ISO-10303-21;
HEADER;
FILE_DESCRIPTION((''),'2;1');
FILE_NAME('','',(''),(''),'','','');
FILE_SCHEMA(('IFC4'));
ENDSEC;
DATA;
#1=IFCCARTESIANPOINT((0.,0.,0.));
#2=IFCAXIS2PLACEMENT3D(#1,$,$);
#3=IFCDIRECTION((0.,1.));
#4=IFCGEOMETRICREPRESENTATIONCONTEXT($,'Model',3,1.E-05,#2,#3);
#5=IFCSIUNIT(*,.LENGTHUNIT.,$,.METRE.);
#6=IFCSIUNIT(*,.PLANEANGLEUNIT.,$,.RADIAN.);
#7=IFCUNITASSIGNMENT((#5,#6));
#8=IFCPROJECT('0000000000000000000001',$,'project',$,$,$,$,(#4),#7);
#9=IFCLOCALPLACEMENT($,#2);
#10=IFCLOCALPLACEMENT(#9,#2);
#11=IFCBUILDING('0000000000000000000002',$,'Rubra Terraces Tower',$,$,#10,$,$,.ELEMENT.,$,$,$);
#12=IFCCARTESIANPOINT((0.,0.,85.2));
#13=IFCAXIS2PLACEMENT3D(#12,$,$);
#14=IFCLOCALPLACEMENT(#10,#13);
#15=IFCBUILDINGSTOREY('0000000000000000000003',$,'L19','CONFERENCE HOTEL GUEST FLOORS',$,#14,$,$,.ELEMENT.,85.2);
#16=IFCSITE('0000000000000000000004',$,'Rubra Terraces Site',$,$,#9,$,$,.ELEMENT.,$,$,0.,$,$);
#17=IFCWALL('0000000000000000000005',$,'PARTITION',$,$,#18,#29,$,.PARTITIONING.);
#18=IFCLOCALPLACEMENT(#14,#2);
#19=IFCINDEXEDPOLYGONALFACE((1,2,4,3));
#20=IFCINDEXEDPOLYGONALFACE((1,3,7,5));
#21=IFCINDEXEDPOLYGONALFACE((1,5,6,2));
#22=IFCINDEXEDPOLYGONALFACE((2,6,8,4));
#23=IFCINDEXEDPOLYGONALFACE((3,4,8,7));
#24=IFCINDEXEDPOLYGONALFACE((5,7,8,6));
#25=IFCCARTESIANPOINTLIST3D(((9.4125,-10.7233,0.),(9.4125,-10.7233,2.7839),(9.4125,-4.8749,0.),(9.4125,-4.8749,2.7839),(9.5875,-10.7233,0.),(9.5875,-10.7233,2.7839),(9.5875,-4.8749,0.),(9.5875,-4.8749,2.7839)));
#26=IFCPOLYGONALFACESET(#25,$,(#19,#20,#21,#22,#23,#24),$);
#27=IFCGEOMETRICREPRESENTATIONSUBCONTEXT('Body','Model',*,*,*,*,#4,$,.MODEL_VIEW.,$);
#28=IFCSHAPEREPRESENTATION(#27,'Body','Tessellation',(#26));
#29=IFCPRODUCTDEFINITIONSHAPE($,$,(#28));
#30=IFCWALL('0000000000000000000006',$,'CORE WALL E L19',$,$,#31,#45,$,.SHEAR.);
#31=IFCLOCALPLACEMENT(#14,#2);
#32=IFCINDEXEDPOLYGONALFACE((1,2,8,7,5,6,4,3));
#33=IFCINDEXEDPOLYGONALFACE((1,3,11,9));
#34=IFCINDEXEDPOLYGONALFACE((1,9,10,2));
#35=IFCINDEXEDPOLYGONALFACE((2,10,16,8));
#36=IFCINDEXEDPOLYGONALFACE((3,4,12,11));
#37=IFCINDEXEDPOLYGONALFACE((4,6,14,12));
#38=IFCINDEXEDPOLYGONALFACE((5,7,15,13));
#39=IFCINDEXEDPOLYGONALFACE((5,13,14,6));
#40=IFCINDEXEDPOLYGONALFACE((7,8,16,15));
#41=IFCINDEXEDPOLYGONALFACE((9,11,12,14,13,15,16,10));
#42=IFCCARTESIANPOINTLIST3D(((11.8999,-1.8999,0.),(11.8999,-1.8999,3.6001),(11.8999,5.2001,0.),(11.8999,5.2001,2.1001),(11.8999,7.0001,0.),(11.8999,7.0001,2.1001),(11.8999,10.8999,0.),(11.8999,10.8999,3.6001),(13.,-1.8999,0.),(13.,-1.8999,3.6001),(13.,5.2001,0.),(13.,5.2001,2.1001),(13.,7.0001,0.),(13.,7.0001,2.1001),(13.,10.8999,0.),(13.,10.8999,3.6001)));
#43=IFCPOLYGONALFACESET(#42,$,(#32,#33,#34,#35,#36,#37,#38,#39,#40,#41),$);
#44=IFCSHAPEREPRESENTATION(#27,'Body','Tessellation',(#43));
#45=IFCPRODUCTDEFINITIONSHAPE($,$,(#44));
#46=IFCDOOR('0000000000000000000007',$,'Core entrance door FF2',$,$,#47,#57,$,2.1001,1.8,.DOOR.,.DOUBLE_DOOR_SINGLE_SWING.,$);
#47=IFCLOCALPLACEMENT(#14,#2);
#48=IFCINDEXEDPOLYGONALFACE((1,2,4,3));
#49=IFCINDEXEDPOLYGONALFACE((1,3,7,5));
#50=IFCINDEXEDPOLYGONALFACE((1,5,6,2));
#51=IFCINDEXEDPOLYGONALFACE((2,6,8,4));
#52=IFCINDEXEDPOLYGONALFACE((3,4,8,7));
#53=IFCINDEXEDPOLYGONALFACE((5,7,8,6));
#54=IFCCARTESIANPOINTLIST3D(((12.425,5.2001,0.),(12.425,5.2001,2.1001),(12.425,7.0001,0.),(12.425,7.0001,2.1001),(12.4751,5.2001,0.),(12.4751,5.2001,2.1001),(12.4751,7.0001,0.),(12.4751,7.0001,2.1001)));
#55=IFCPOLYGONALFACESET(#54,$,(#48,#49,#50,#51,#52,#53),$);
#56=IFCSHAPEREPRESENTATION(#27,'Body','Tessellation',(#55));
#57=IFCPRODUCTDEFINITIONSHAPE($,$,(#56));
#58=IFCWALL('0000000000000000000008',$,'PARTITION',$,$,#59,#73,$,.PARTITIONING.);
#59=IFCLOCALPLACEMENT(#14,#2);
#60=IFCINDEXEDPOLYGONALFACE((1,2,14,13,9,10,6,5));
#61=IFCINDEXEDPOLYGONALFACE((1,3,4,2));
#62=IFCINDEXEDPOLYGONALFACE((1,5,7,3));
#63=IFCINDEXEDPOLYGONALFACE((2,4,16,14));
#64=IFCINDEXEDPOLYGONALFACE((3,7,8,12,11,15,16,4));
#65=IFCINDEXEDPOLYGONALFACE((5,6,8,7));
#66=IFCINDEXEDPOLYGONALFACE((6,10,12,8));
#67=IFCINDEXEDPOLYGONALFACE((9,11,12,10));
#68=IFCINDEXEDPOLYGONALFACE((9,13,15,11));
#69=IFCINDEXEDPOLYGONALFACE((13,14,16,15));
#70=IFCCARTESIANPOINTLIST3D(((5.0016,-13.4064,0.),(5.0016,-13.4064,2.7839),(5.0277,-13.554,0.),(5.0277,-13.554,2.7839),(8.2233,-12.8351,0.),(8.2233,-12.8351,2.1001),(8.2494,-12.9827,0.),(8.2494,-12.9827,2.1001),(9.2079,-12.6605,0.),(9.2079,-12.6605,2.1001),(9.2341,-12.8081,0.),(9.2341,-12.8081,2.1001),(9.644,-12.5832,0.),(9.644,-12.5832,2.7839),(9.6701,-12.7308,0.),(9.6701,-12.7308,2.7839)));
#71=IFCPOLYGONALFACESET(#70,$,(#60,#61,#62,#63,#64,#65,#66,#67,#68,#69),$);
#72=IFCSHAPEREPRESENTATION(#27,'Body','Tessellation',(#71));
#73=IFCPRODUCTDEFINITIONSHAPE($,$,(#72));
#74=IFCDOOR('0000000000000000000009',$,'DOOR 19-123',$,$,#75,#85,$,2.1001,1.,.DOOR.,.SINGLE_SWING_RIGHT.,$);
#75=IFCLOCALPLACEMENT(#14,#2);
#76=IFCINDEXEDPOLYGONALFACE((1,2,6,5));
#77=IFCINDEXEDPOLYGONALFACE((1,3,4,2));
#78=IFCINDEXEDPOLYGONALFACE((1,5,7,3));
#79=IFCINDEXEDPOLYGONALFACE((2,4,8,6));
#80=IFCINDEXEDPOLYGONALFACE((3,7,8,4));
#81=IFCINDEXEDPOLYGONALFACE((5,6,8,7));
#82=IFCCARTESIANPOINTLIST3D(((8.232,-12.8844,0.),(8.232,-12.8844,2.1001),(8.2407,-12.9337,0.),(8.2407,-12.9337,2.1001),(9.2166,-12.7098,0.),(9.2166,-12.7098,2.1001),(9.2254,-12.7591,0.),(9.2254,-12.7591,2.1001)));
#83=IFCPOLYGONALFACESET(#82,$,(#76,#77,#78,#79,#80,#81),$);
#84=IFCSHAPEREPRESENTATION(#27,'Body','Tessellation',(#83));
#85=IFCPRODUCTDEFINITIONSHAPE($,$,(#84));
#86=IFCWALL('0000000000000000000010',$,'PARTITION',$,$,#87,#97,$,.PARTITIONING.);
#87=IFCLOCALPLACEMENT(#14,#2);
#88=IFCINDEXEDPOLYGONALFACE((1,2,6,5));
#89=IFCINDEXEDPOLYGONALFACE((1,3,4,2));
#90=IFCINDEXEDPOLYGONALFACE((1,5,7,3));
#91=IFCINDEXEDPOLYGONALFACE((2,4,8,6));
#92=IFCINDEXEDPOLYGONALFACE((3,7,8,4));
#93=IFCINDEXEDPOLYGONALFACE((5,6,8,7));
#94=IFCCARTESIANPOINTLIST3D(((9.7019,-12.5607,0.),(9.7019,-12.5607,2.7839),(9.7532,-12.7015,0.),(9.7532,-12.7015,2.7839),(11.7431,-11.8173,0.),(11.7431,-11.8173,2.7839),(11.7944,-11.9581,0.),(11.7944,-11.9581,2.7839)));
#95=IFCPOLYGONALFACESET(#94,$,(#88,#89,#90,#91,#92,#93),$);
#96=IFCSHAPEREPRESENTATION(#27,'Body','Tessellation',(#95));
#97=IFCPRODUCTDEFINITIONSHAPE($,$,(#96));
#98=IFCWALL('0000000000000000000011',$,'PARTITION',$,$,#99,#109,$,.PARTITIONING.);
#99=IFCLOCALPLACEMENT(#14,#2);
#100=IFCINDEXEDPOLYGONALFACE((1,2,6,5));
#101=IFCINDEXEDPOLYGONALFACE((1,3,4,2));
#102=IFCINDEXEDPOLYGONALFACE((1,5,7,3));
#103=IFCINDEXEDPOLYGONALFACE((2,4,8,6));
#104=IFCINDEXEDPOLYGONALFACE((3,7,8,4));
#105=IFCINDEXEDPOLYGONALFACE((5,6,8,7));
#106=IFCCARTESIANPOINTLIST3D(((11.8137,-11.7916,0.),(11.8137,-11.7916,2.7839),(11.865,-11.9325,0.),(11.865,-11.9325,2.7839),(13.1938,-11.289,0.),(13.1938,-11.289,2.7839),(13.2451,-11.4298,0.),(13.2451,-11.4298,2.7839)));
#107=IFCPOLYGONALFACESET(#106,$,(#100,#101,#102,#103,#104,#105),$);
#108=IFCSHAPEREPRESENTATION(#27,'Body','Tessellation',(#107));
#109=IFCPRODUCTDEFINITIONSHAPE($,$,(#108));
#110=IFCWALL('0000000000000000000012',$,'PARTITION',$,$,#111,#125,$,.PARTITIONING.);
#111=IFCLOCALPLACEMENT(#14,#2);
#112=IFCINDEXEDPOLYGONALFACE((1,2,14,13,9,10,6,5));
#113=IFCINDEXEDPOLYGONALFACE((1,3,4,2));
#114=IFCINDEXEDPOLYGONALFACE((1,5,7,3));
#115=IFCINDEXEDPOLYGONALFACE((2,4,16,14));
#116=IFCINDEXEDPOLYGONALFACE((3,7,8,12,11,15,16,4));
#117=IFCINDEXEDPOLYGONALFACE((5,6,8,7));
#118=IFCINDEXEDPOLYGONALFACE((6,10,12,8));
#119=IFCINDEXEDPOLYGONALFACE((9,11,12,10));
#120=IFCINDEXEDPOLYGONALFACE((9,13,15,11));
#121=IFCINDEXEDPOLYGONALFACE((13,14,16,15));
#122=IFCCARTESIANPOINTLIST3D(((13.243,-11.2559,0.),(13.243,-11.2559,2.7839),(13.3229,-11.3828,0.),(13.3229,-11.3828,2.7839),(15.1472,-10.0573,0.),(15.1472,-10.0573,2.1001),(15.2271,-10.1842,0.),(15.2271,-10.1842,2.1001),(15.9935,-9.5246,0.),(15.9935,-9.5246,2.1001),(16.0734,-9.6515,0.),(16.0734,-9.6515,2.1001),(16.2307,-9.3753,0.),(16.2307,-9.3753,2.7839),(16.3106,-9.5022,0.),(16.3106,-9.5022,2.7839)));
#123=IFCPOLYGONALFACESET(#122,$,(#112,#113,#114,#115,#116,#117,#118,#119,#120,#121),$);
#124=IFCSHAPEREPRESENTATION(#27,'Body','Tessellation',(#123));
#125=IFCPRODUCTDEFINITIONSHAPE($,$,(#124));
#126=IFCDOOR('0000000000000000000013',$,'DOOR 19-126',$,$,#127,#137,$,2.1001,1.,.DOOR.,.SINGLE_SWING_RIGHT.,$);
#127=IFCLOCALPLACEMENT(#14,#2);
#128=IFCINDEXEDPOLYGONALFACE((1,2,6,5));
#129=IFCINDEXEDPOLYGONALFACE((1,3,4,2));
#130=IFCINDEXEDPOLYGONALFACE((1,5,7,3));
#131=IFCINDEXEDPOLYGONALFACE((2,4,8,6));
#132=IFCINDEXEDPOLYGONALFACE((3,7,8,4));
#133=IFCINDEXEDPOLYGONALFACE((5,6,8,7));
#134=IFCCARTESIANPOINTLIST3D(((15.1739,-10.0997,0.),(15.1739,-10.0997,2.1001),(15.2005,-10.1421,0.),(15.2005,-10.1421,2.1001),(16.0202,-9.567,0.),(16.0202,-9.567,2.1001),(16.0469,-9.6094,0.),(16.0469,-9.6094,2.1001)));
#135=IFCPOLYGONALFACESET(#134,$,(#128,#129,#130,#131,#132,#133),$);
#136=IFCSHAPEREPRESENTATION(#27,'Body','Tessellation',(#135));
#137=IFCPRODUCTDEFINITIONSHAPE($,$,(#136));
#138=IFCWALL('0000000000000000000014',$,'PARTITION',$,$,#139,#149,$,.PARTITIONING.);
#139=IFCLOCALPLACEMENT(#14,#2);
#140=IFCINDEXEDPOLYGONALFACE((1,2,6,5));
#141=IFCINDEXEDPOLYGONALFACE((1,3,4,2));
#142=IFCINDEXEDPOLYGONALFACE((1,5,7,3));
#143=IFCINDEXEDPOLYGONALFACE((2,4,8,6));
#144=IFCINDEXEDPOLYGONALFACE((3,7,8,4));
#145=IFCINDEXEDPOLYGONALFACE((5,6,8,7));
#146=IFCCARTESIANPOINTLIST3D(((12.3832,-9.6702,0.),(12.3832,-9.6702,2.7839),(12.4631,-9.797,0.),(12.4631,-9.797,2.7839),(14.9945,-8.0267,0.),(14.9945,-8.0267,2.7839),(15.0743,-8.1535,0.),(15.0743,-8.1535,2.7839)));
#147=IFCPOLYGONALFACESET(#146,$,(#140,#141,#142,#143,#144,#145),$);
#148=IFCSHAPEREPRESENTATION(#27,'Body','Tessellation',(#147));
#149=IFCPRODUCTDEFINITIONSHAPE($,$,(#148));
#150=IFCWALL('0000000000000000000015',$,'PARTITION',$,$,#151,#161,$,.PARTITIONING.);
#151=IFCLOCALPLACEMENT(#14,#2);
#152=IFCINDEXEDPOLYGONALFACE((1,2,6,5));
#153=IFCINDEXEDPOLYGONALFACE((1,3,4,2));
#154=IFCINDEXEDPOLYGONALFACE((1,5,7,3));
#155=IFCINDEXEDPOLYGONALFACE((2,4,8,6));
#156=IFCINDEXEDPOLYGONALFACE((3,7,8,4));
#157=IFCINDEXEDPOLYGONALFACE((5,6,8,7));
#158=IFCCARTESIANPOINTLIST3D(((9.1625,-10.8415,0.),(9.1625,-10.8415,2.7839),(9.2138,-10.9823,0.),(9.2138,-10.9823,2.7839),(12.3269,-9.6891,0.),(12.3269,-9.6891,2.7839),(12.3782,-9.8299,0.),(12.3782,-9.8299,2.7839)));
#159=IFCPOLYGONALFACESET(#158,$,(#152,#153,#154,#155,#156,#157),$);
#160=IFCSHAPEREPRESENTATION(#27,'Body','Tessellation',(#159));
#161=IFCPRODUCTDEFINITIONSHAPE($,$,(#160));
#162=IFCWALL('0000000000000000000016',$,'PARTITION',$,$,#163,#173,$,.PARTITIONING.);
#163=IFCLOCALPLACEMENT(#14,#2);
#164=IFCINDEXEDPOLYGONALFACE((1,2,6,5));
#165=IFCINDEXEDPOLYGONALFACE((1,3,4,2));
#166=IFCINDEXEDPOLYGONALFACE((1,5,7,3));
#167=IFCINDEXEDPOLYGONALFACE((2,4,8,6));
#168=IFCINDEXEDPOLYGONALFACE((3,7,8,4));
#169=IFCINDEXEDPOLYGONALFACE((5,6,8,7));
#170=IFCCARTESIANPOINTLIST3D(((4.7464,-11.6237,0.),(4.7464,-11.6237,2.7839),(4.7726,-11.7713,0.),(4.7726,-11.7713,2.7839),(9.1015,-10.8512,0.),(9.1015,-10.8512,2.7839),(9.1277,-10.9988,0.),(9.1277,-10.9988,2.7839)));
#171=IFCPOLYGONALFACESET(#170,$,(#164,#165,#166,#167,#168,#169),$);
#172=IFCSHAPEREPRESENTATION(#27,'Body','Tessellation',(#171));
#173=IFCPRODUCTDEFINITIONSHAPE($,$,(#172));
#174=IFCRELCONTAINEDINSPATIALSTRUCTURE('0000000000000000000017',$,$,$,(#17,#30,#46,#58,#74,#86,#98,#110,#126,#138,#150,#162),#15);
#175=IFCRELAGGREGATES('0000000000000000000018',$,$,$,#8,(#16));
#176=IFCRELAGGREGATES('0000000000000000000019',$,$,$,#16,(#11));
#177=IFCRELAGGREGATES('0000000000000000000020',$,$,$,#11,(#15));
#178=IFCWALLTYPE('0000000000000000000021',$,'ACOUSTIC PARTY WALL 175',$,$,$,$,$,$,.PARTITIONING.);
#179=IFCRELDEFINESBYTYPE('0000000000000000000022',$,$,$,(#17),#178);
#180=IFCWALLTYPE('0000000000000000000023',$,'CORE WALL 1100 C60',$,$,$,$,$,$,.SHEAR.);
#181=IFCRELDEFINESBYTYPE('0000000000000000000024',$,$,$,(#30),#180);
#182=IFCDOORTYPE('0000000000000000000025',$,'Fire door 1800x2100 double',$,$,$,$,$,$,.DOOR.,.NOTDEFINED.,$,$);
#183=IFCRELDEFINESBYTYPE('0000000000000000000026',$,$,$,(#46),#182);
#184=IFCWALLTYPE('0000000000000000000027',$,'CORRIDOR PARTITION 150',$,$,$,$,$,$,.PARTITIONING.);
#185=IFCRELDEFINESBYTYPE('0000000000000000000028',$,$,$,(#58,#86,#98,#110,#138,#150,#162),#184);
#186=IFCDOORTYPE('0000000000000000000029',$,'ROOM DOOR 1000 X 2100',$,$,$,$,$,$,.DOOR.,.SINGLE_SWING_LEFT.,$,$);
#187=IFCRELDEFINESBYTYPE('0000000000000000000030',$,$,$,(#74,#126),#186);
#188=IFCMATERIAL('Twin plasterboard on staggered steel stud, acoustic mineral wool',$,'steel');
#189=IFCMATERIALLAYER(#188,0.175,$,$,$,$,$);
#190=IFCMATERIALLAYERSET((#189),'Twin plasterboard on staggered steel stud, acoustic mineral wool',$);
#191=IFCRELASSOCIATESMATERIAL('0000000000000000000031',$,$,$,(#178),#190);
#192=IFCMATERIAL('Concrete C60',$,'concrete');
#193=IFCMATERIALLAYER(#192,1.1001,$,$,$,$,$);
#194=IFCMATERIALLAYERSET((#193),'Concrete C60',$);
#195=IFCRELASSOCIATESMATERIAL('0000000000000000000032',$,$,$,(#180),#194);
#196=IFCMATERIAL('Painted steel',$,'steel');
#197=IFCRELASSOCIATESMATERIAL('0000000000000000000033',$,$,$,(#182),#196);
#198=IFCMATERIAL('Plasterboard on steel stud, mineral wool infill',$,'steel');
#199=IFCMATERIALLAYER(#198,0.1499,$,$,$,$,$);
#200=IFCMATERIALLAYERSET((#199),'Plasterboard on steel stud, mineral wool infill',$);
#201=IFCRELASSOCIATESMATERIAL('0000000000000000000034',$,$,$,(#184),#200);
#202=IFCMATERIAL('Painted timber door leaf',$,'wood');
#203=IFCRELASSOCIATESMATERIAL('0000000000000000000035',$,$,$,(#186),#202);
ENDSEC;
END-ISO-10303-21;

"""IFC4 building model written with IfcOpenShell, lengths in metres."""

from ifc_helpers import new_model, si_unit, direction, frame, frame_2d, origin, place, context, subcontext, project, spatial, rectangle, extrude, material, layer, layer_set, type_object, element, fill, save


model = new_model("IFC4")

# Units and contexts
model_context = context("Model", 3, precision=1e-05, world=origin(), true_north=direction((0.0, 1.0)))
body_context = subcontext(model_context, "Body", "Model", "MODEL_VIEW")
ifc_project = project(units=[si_unit("LENGTHUNIT", "METRE"), si_unit("PLANEANGLEUNIT", "RADIAN")], contexts=[model_context])

# Site, building, storey
site_placement = place(None, origin())
site = spatial("IfcSite", under=ifc_project, at=site_placement, Name="Rubra Terraces Site", CompositionType="ELEMENT", RefElevation=0.0)
building_placement = place(site_placement, origin())
building = spatial("IfcBuilding", under=site, at=building_placement, Name="Rubra Terraces Tower", CompositionType="ELEMENT")
storey_placement = place(building_placement, frame((0.0, 0.0, 85.2)))
storey = spatial("IfcBuildingStorey", under=building, at=storey_placement, Name="L19", Description="CONFERENCE HOTEL GUEST FLOORS", CompositionType="ELEMENT", Elevation=85.2)

# Wall
ifc_material_1 = material(Name="Twin plasterboard on staggered steel stud, acoustic mineral wool", Category="steel")
ifc_layer_1 = layer(ifc_material_1, 0.175)
ifc_layer_set_1 = layer_set([ifc_layer_1], Name="Twin plasterboard on staggered steel stud, acoustic mineral wool")
wall_type_1 = type_object("IfcWallType", Name="ACOUSTIC PARTY WALL 175", PredefinedType="PARTITIONING", material=ifc_layer_set_1)
wall_1_placement = place(storey_placement, frame((9.5, -10.7234, 0.0), z_axis=(0.0, 0.0, 1.0), x_axis=(0.0, 1.0, 0.0)))
element("IfcWall", 1, at=wall_1_placement, inside=storey, type_object=wall_type_1, Name="PARTITION", PredefinedType="PARTITIONING", context=body_context, shape_type="SweptSolid", body=[
    extrude(rectangle(XDim=5.8484, YDim=0.175, at=frame_2d((2.9243, 0.0))), origin(), (0.0, 0.0, 1.0), 2.7839),
])

# Walls, openings, doors
ifc_material_2 = material(Name="Concrete C60", Category="concrete")
ifc_layer_2 = layer(ifc_material_2, 1.1001)
ifc_layer_set_2 = layer_set([ifc_layer_2], Name="Concrete C60")
wall_type_2 = type_object("IfcWallType", Name="CORE WALL 1100 C60", PredefinedType="SHEAR", material=ifc_layer_set_2)
wall_2_placement = place(storey_placement, frame((12.45, -1.8999, 0.0), z_axis=(0.0, 0.0, 1.0), x_axis=(0.0, 1.0, 0.0)))
wall_2 = element("IfcWall", 2, at=wall_2_placement, inside=storey, type_object=wall_type_2, Name="CORE WALL E L19", PredefinedType="SHEAR", context=body_context, shape_type="SweptSolid", body=[
    extrude(rectangle(XDim=12.7998, YDim=1.1001, at=frame_2d((6.3999, 0.0))), origin(), (0.0, 0.0, 1.0), 3.6001),
])
opening_1_placement = place(wall_2_placement, frame((7.1001, 0.0, 0.0)))
opening_1 = element("IfcOpeningElement", 3, at=opening_1_placement, cuts=wall_2, PredefinedType="OPENING", context=body_context, shape_type="SweptSolid", body=[
    extrude(rectangle(XDim=1.8, YDim=2.1001, at=frame_2d((0.8999, 1.05))), frame((0.0, 0.5601, 0.0), z_axis=(0.0, -1.0, 0.0), x_axis=(1.0, 0.0, 0.0)), (0.0, 0.0, 1.0), 1.1201),
])
ifc_material_3 = material(Name="Painted steel", Category="steel")
door_type_1 = type_object("IfcDoorType", Name="Fire door 1800x2100 double", OperationType="NOTDEFINED", PredefinedType="DOOR", material=ifc_material_3)
door_1_placement = place(opening_1_placement, origin())
door_1 = element("IfcDoor", 4, at=door_1_placement, inside=storey, type_object=door_type_1, Name="Core entrance door FF2", OperationType="DOUBLE_DOOR_SINGLE_SWING", OverallHeight=2.1001, OverallWidth=1.8, PredefinedType="DOOR", context=body_context, shape_type="SweptSolid", body=[
    extrude(rectangle(XDim=1.8, YDim=2.1001, at=frame_2d((0.8999, 1.05))), frame((0.0, 0.0249, 0.0), z_axis=(0.0, -1.0, 0.0), x_axis=(1.0, 0.0, 0.0)), (0.0, 0.0, 1.0), 0.05),
])
fill(opening_1, door_1)
ifc_material_4 = material(Name="Plasterboard on steel stud, mineral wool infill", Category="steel")
ifc_layer_3 = layer(ifc_material_4, 0.1499)
ifc_layer_set_3 = layer_set([ifc_layer_3], Name="Plasterboard on steel stud, mineral wool infill")
wall_type_3 = type_object("IfcWallType", Name="CORRIDOR PARTITION 150", PredefinedType="PARTITIONING", material=ifc_layer_set_3)
wall_3_placement = place(storey_placement, frame((5.0146, -13.4802, 0.0), z_axis=(0.0, 0.0, 1.0), x_axis=(0.984638, 0.174609, 0.0)))
wall_3 = element("IfcWall", 5, at=wall_3_placement, inside=storey, type_object=wall_type_3, Name="PARTITION", PredefinedType="PARTITIONING", context=body_context, shape_type="SweptSolid", body=[
    extrude(rectangle(XDim=4.7148, YDim=0.1499, at=frame_2d((2.3574, 0.0))), origin(), (0.0, 0.0, 1.0), 2.7839),
])
opening_2_placement = place(wall_3_placement, frame((3.272, 0.0, 0.0)))
opening_2 = element("IfcOpeningElement", 6, at=opening_2_placement, cuts=wall_3, PredefinedType="OPENING", context=body_context, shape_type="SweptSolid", body=[
    extrude(rectangle(XDim=1.0, YDim=2.1001, at=frame_2d((0.5, 1.05))), frame((0.0, 0.085, 0.0), z_axis=(0.0, -1.0, 0.0), x_axis=(1.0, 0.0, 0.0)), (0.0, 0.0, 1.0), 0.1699),
])
ifc_material_5 = material(Name="Painted timber door leaf", Category="wood")
door_type_2 = type_object("IfcDoorType", Name="ROOM DOOR 1000 X 2100", OperationType="SINGLE_SWING_LEFT", PredefinedType="DOOR", material=ifc_material_5)
door_2_placement = place(opening_2_placement, origin())
door_2 = element("IfcDoor", 7, at=door_2_placement, inside=storey, type_object=door_type_2, Name="DOOR 19-123", OperationType="SINGLE_SWING_RIGHT", OverallHeight=2.1001, OverallWidth=1.0, PredefinedType="DOOR", context=body_context, shape_type="SweptSolid", body=[
    extrude(rectangle(XDim=1.0, YDim=2.1001, at=frame_2d((0.5, 1.05))), frame((0.0, 0.0249, 0.0), z_axis=(0.0, -1.0, 0.0), x_axis=(1.0, 0.0, 0.0)), (0.0, 0.0, 1.0), 0.05),
])
fill(opening_2, door_2)

# Walls
wall_4_placement = place(storey_placement, frame((9.7275, -12.6311, 0.0), z_axis=(0.0, 0.0, 1.0), x_axis=(0.939626, 0.342203, 0.0)))
element("IfcWall", 8, at=wall_4_placement, inside=storey, type_object=wall_type_3, Name="PARTITION", PredefinedType="PARTITIONING", context=body_context, shape_type="SweptSolid", body=[
    extrude(rectangle(XDim=2.1724, YDim=0.1499, at=frame_2d((1.0862, 0.0))), origin(), (0.0, 0.0, 1.0), 2.7839),
])
wall_5_placement = place(storey_placement, frame((11.8394, -11.8621, 0.0), z_axis=(0.0, 0.0, 1.0), x_axis=(0.939614, 0.342237, 0.0)))
element("IfcWall", 9, at=wall_5_placement, inside=storey, type_object=wall_type_3, Name="PARTITION", PredefinedType="PARTITIONING", context=body_context, shape_type="SweptSolid", body=[
    extrude(rectangle(XDim=1.4688, YDim=0.1499, at=frame_2d((0.7344, 0.0))), origin(), (0.0, 0.0, 1.0), 2.7839),
])

# Wall, opening, door
wall_6_placement = place(storey_placement, frame((13.283, -11.3193, 0.0), z_axis=(0.0, 0.0, 1.0), x_axis=(0.846308, 0.532694, 0.0)))
wall_6 = element("IfcWall", 10, at=wall_6_placement, inside=storey, type_object=wall_type_3, Name="PARTITION", PredefinedType="PARTITIONING", context=body_context, shape_type="SweptSolid", body=[
    extrude(rectangle(XDim=3.5303, YDim=0.1499, at=frame_2d((1.7651, 0.0))), origin(), (0.0, 0.0, 1.0), 2.7839),
])
opening_3_placement = place(wall_6_placement, frame((2.25, 0.0, 0.0)))
opening_3 = element("IfcOpeningElement", 11, at=opening_3_placement, cuts=wall_6, PredefinedType="OPENING", context=body_context, shape_type="SweptSolid", body=[
    extrude(rectangle(XDim=1.0, YDim=2.1001, at=frame_2d((0.5, 1.05))), frame((0.0, 0.085, 0.0), z_axis=(0.0, -1.0, 0.0), x_axis=(1.0, 0.0, 0.0)), (0.0, 0.0, 1.0), 0.1699),
])
door_3_placement = place(opening_3_placement, origin())
door_3 = element("IfcDoor", 12, at=door_3_placement, inside=storey, type_object=door_type_2, Name="DOOR 19-126", OperationType="SINGLE_SWING_RIGHT", OverallHeight=2.1001, OverallWidth=1.0, PredefinedType="DOOR", context=body_context, shape_type="SweptSolid", body=[
    extrude(rectangle(XDim=1.0, YDim=2.1001, at=frame_2d((0.5, 1.05))), frame((0.0, 0.0249, 0.0), z_axis=(0.0, -1.0, 0.0), x_axis=(1.0, 0.0, 0.0)), (0.0, 0.0, 1.0), 0.05),
])
fill(opening_3, door_3)

# Walls
wall_7_placement = place(storey_placement, frame((15.0344, -8.0901, 0.0), z_axis=(0.0, 0.0, 1.0), x_axis=(-0.846323, -0.532671, 0.0)))
element("IfcWall", 13, at=wall_7_placement, inside=storey, type_object=wall_type_3, Name="PARTITION", PredefinedType="PARTITIONING", context=body_context, shape_type="SweptSolid", body=[
    extrude(rectangle(XDim=3.0854, YDim=0.1499, at=frame_2d((1.5427, 0.0))), origin(), (0.0, 0.0, 1.0), 2.7839),
])
wall_8_placement = place(storey_placement, frame((12.3525, -9.7595, 0.0), z_axis=(0.0, 0.0, 1.0), x_axis=(-0.939632, -0.342185, 0.0)))
element("IfcWall", 14, at=wall_8_placement, inside=storey, type_object=wall_type_3, Name="PARTITION", PredefinedType="PARTITIONING", context=body_context, shape_type="SweptSolid", body=[
    extrude(rectangle(XDim=3.3677, YDim=0.1499, at=frame_2d((1.6838, 0.0))), origin(), (0.0, 0.0, 1.0), 2.7839),
])
wall_9_placement = place(storey_placement, frame((9.1145, -10.925, 0.0), z_axis=(0.0, 0.0, 1.0), x_axis=(-0.984633, -0.174639, 0.0)))
element("IfcWall", 15, at=wall_9_placement, inside=storey, type_object=wall_type_3, Name="PARTITION", PredefinedType="PARTITIONING", context=body_context, shape_type="SweptSolid", body=[
    extrude(rectangle(XDim=4.4231, YDim=0.1499, at=frame_2d((2.2114, 0.0))), origin(), (0.0, 0.0, 1.0), 2.7839),
])

save(model, "model.ifc")
